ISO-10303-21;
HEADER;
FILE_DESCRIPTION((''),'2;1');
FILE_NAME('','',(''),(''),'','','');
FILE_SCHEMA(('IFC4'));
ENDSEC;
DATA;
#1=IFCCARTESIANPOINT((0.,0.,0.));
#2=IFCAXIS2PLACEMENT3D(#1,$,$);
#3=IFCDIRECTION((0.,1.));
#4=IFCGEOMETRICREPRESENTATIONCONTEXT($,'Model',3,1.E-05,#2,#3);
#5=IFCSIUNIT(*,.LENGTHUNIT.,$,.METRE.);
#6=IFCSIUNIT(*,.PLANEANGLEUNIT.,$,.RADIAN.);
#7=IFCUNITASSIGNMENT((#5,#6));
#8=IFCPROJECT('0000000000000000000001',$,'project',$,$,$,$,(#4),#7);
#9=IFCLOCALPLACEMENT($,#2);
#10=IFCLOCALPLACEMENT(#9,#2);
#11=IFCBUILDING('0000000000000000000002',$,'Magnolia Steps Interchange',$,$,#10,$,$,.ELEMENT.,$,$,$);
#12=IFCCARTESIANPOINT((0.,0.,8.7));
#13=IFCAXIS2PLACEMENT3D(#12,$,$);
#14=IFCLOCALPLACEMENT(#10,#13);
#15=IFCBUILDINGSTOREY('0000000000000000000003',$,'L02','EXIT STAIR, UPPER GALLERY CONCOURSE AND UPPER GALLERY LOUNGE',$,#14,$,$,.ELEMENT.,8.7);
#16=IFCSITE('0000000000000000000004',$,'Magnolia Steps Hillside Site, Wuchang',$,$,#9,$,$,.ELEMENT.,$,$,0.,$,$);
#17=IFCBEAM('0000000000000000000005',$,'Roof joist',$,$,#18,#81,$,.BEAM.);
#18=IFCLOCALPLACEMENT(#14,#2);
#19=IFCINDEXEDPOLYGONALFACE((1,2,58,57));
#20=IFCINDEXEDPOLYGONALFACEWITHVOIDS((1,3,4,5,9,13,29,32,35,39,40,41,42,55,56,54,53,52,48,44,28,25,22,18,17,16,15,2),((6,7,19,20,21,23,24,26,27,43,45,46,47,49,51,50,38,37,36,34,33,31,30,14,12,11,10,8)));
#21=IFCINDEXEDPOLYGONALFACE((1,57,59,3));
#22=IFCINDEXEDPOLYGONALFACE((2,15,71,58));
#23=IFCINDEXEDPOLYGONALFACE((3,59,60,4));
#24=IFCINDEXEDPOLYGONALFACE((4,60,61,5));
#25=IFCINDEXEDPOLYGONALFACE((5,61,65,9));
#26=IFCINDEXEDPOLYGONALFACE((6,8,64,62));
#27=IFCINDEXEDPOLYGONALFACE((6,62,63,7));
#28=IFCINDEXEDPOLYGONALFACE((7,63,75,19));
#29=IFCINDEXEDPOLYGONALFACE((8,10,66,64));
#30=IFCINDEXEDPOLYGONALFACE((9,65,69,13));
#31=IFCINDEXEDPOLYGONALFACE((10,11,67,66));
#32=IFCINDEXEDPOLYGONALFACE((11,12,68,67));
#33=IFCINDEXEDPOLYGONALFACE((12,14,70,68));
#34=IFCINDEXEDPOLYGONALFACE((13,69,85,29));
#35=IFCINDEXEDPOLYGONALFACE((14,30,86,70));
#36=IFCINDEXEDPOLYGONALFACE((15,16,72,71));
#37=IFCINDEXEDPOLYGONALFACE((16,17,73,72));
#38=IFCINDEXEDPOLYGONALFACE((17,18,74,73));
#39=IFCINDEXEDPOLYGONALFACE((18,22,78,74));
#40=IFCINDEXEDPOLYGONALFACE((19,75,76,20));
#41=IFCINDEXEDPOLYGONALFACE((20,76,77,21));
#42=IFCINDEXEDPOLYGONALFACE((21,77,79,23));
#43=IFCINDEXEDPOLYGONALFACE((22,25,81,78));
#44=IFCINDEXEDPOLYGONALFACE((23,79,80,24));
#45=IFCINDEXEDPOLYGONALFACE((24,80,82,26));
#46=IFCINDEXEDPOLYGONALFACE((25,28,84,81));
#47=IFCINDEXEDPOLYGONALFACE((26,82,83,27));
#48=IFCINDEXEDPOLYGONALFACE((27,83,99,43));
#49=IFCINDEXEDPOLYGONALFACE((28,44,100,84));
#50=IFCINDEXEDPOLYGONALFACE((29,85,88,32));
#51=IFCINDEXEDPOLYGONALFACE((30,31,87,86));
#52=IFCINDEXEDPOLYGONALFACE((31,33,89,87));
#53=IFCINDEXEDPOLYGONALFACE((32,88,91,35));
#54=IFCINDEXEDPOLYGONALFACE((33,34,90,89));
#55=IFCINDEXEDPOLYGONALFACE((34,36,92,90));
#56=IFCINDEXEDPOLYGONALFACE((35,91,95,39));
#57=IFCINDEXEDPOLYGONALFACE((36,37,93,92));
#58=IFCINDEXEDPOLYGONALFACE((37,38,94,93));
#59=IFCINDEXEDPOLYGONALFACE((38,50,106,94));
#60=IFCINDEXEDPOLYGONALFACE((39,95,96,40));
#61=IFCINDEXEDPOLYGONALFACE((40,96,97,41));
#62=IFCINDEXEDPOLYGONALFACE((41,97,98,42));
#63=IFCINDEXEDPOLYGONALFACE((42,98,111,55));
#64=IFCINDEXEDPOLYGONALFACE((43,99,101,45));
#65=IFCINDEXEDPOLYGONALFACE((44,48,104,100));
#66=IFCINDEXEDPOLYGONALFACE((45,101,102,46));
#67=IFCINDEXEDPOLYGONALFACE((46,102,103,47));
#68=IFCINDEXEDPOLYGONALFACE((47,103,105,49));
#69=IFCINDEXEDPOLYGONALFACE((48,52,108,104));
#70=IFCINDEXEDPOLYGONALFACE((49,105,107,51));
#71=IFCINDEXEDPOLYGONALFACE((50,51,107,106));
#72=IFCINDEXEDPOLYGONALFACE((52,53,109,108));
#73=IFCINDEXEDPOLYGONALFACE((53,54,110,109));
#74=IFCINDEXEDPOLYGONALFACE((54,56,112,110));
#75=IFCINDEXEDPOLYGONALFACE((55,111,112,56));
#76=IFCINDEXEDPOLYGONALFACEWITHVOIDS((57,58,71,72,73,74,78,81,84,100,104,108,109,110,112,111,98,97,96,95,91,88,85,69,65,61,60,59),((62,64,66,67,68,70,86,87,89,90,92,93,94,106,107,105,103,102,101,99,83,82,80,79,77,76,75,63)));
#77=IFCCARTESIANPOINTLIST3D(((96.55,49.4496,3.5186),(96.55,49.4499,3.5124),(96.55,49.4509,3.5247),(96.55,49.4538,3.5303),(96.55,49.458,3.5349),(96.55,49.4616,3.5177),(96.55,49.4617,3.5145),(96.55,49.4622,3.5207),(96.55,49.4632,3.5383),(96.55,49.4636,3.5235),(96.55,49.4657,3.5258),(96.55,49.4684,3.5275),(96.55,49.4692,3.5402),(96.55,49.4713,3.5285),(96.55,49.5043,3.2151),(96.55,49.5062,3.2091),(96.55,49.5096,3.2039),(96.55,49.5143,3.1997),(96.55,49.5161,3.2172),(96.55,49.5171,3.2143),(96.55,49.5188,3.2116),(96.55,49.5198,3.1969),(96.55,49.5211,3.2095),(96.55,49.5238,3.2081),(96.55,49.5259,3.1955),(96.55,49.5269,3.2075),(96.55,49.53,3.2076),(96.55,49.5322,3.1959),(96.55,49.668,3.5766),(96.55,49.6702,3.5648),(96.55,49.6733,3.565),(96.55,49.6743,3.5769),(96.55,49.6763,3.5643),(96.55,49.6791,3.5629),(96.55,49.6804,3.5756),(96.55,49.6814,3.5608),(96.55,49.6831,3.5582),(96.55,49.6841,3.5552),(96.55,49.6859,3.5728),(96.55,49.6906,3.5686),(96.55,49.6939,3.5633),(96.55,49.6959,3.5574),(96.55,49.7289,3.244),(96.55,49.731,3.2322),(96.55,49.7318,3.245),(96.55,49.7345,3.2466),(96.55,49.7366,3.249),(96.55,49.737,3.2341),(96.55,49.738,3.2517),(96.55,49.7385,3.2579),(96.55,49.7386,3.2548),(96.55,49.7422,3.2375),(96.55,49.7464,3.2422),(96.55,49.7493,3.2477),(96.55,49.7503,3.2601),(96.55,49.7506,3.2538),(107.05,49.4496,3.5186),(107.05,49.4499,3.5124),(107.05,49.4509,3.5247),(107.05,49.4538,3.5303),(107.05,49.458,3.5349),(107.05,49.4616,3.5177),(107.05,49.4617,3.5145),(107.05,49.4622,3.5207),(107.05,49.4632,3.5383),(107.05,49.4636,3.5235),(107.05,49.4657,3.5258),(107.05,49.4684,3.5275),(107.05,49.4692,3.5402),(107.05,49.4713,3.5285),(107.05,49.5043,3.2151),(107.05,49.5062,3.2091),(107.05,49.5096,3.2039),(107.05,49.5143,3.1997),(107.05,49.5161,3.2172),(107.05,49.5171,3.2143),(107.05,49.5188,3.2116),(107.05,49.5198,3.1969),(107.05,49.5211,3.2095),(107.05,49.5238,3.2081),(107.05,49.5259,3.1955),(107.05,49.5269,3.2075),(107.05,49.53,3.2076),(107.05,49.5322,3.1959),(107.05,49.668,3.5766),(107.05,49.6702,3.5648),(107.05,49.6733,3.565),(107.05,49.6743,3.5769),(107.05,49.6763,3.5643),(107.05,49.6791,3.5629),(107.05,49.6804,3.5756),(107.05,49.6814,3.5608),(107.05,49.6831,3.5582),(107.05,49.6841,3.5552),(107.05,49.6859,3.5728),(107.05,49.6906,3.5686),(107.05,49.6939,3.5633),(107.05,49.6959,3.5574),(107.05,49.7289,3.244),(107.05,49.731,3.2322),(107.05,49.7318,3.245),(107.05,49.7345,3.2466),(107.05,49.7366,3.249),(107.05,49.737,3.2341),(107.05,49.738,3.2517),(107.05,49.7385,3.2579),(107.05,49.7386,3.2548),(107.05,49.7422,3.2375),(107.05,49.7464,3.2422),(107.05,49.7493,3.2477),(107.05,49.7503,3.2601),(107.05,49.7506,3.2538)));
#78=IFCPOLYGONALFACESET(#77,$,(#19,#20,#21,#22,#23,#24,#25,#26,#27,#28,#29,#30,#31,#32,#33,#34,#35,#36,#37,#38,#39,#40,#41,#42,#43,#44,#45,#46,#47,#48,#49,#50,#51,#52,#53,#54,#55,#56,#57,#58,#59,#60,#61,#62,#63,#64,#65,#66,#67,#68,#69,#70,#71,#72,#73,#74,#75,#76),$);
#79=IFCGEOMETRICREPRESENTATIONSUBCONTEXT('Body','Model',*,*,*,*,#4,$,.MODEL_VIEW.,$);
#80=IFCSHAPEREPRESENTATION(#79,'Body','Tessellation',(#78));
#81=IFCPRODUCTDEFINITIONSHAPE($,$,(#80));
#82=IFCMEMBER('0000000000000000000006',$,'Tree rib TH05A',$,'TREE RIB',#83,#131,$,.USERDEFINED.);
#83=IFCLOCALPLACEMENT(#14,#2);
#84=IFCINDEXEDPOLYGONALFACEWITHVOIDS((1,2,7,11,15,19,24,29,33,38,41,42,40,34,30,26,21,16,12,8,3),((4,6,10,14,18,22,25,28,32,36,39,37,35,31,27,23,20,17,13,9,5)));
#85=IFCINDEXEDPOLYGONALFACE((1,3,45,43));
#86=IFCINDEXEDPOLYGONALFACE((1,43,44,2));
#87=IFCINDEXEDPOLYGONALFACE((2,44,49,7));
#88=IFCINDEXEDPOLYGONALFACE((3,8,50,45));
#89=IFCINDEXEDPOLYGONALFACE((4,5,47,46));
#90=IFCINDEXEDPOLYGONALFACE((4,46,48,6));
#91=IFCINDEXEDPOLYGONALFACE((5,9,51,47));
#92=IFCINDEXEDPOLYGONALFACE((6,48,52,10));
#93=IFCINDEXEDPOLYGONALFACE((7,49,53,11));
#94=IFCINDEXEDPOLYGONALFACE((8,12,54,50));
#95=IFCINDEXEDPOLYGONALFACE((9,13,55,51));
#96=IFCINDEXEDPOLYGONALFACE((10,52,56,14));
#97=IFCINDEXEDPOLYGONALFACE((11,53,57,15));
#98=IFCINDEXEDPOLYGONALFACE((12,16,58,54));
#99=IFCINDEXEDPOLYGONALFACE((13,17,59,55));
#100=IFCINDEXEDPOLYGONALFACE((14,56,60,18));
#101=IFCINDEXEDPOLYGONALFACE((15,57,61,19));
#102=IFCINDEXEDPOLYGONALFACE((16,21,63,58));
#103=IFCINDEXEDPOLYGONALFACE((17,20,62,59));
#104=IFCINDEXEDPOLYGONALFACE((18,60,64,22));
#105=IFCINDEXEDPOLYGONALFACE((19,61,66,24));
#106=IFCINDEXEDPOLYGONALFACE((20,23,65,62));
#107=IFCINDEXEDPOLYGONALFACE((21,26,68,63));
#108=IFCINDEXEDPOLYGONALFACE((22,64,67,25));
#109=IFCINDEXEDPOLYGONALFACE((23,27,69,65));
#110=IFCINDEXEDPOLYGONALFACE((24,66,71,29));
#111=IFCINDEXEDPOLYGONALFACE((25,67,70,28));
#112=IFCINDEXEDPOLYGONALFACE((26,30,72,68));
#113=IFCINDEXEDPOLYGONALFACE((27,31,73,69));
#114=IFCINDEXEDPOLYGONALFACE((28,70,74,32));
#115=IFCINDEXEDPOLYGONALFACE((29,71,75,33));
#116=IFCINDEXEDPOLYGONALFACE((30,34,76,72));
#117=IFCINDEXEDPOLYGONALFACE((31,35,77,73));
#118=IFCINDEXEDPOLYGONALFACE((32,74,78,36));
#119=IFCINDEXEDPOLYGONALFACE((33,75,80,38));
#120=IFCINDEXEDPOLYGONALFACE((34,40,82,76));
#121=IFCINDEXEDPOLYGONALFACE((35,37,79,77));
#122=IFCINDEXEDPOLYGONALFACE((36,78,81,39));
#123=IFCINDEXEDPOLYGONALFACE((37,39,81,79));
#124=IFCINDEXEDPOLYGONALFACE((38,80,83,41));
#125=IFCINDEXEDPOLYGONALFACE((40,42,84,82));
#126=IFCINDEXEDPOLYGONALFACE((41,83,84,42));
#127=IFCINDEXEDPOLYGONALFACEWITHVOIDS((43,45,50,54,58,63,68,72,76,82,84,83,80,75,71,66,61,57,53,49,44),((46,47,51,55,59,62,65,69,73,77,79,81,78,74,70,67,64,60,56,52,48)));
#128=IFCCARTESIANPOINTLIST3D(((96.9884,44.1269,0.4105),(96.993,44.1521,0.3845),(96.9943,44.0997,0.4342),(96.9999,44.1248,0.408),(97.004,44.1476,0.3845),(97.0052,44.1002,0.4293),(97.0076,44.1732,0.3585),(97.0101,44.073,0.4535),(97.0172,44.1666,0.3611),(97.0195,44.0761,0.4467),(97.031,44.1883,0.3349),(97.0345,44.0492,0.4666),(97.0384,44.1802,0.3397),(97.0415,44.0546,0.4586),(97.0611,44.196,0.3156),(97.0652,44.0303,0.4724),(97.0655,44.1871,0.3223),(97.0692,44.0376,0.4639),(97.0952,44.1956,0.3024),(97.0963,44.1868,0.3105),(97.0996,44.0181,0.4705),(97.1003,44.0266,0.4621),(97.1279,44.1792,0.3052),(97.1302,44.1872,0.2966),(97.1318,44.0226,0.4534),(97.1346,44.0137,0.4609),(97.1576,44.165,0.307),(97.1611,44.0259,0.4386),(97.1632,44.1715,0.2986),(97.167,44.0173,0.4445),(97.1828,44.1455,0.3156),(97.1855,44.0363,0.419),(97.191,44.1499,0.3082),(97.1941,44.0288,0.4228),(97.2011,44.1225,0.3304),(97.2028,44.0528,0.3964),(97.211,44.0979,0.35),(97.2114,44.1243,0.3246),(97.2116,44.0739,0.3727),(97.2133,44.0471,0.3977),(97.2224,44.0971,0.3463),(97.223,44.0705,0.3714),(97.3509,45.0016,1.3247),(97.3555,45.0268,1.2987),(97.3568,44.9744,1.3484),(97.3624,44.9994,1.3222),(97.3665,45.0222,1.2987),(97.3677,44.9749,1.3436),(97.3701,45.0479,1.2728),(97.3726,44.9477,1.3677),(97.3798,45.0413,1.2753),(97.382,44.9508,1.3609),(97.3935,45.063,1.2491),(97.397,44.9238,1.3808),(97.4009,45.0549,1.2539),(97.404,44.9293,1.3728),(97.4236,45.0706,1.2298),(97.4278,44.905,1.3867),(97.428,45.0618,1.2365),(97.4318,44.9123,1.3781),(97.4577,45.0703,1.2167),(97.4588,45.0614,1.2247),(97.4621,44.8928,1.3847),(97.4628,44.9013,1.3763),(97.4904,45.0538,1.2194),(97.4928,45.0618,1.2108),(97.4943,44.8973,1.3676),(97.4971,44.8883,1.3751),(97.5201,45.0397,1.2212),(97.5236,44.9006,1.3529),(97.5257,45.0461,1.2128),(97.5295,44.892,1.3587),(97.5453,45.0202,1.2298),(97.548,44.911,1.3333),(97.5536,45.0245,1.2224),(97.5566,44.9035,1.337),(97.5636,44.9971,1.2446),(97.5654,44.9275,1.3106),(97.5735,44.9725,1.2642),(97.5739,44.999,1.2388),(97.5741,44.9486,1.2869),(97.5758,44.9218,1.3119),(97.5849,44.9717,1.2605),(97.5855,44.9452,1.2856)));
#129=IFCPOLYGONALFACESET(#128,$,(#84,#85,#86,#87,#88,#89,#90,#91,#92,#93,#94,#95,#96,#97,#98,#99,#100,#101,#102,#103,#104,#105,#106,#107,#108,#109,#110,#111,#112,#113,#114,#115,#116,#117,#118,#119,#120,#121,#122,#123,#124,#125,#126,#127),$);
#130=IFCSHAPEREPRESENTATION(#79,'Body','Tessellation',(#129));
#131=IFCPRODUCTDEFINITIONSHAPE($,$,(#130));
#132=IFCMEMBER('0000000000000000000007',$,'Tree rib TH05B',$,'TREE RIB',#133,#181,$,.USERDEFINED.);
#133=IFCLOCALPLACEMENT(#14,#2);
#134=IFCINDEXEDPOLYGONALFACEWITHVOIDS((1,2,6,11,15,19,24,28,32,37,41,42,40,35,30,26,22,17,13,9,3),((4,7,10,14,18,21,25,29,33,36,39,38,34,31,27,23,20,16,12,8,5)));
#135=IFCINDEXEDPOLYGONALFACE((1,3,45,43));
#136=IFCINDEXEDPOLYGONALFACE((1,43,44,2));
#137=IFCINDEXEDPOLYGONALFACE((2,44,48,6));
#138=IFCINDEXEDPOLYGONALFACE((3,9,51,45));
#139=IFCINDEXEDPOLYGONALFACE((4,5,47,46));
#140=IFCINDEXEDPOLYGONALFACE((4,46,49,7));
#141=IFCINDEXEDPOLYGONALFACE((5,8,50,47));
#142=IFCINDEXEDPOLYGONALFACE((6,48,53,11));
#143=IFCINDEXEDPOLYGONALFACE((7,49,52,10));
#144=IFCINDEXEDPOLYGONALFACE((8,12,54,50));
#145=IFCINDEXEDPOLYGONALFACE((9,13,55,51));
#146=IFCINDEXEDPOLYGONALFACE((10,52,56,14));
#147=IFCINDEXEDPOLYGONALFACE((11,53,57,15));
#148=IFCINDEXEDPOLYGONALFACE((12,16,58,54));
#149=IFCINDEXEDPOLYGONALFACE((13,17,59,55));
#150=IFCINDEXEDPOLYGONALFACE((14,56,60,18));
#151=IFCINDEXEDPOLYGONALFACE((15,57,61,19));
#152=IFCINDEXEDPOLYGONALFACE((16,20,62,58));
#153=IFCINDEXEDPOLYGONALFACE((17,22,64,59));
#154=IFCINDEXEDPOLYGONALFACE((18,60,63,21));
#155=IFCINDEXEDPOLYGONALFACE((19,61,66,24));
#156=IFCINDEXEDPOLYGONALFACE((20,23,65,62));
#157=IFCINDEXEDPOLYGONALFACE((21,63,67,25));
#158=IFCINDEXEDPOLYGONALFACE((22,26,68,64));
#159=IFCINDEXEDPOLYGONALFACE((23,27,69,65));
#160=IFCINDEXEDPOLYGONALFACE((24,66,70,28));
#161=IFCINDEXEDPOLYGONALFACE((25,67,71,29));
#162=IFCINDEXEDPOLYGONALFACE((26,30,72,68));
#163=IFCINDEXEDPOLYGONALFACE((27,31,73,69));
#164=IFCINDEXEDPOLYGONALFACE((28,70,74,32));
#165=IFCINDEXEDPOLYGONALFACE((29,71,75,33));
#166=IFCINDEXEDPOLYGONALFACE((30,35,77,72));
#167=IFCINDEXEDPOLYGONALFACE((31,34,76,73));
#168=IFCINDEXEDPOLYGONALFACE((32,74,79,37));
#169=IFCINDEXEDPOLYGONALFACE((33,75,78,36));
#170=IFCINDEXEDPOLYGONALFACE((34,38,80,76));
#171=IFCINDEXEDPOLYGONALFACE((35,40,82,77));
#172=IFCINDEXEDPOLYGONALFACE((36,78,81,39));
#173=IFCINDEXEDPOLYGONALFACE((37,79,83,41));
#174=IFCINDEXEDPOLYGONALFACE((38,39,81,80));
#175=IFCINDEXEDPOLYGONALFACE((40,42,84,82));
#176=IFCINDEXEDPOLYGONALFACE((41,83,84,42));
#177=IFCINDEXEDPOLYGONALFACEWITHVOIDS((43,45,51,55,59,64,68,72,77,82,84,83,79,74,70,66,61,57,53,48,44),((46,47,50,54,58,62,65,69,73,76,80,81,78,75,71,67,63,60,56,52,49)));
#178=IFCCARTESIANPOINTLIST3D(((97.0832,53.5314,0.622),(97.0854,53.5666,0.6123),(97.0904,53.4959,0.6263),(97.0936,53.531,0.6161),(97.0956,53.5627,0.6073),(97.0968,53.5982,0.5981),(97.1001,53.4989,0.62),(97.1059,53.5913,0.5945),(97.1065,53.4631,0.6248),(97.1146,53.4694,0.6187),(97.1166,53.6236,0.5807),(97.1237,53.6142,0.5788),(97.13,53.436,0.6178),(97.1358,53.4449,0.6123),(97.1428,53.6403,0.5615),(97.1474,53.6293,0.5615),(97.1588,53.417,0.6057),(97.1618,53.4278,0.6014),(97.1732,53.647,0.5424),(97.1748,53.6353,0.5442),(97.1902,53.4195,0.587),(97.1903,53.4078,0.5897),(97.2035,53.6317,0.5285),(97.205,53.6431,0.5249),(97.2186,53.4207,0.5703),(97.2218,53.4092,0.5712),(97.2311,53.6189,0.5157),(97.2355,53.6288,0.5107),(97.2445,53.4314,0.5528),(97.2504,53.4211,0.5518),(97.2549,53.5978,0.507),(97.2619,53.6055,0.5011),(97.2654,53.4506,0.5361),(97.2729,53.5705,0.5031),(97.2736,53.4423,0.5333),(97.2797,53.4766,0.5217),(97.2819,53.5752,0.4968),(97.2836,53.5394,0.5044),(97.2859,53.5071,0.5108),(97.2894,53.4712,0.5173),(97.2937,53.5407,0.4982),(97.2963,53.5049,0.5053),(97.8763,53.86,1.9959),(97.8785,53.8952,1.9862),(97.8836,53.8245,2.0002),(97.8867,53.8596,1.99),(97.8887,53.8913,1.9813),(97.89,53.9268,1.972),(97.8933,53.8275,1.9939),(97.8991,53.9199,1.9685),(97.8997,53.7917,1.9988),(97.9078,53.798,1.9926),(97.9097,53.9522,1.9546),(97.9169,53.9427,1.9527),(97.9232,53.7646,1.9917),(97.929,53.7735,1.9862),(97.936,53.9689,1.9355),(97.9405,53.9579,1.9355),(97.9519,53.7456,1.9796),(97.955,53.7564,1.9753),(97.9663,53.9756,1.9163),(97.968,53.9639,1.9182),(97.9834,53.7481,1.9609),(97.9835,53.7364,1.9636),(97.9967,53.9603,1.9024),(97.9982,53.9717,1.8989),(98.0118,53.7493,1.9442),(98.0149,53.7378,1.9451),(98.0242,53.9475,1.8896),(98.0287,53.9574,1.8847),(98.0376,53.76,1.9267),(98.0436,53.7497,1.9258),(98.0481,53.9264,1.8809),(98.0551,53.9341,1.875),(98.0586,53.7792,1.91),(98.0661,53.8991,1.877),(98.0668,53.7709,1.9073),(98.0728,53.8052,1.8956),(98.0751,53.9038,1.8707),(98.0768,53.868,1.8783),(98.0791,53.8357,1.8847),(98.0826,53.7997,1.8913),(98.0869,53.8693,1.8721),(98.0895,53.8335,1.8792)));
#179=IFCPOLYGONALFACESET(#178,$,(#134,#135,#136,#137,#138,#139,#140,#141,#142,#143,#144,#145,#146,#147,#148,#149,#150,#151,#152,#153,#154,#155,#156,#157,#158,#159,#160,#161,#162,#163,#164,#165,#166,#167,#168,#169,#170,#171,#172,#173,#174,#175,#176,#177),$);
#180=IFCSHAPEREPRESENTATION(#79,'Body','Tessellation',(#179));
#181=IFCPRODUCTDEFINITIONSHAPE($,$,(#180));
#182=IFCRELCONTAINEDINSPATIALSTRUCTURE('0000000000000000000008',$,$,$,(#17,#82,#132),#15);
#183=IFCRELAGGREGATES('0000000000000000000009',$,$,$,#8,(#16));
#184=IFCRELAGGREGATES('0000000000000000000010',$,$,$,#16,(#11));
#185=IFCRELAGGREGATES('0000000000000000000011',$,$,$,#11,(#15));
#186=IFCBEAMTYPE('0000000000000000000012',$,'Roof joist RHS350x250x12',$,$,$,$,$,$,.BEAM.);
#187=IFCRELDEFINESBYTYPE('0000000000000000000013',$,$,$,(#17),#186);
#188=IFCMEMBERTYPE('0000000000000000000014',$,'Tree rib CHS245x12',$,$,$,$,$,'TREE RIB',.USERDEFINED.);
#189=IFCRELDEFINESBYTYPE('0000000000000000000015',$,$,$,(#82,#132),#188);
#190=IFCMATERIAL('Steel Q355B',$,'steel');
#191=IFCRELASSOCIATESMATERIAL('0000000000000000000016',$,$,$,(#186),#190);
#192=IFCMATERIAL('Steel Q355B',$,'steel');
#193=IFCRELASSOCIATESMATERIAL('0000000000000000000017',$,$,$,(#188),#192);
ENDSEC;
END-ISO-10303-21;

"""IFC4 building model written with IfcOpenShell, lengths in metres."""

from ifc_helpers import new_model, si_unit, direction, frame, origin, origin_2d, place, context, subcontext, project, spatial, hollow_rectangle, hollow_circle, extrude, material, material_profile, profile_set, type_object, element, save


model = new_model("IFC4")

# Units and contexts
model_context = context("Model", 3, precision=1e-05, world=origin(), true_north=direction((0.0, 1.0)))
body_context = subcontext(model_context, "Body", "Model", "MODEL_VIEW")
ifc_project = project(units=[si_unit("LENGTHUNIT", "METRE"), si_unit("PLANEANGLEUNIT", "RADIAN")], contexts=[model_context])

# Site, building, storey
site_placement = place(None, origin())
site = spatial("IfcSite", under=ifc_project, at=site_placement, Name="Magnolia Steps Hillside Site, Wuchang", CompositionType="ELEMENT", RefElevation=0.0)
building_placement = place(site_placement, origin())
building = spatial("IfcBuilding", under=site, at=building_placement, Name="Magnolia Steps Interchange", CompositionType="ELEMENT")
storey_placement = place(building_placement, frame((0.0, 0.0, 8.7)))
storey = spatial("IfcBuildingStorey", under=building, at=storey_placement, Name="L02", Description="EXIT STAIR, UPPER GALLERY CONCOURSE AND UPPER GALLERY LOUNGE", CompositionType="ELEMENT", Elevation=8.7)

# Beam
ifc_material_1 = material(Name="Steel Q355B", Category="steel")
ifc_material_profile_1 = material_profile(ifc_material_1, hollow_rectangle(XDim=0.25, YDim=0.3501, WallThickness=0.012, InnerFilletRadius=0.012, OuterFilletRadius=0.0239, at=origin_2d()), Name="RHS350x250x12")
ifc_profile_set_1 = profile_set([ifc_material_profile_1], Name="Steel Q355B")
beam_type_1 = type_object("IfcBeamType", Name="Roof joist RHS350x250x12", PredefinedType="BEAM", material=ifc_profile_set_1)
for number, where, z_axis, x_axis, name in (
    (1, (96.55, 49.6001, 3.3862), (1.0, 0.0, 0.0), (0.0, 0.983677, 0.179941), "Roof joist"),
):
    element("IfcBeam", number, at=place(storey_placement, frame(where, z_axis=z_axis, x_axis=x_axis)), inside=storey, type_object=beam_type_1, Name=name, PredefinedType="BEAM", context=body_context, shape_type="SweptSolid", body=[
        extrude(hollow_rectangle(XDim=0.25, YDim=0.3501, WallThickness=0.012, InnerFilletRadius=0.012, OuterFilletRadius=0.0239, at=origin_2d()), origin(), (0.0, 0.0, 1.0), 10.5),
    ])

# Members
ifc_material_2 = material(Name="Steel Q355B", Category="steel")
ifc_material_profile_2 = material_profile(ifc_material_2, hollow_circle(Radius=0.1226, WallThickness=0.012, at=origin_2d()), Name="CHS245x12")
ifc_profile_set_2 = profile_set([ifc_material_profile_2], Name="Steel Q355B")
member_type = type_object("IfcMemberType", Name="Tree rib CHS245x12", ElementType="TREE RIB", PredefinedType="USERDEFINED", material=ifc_profile_set_2)
member_1_placement = place(storey_placement, frame((97.1062, 44.1052, 0.3845), z_axis=(0.275434, 0.664566, 0.694613), x_axis=(-0.9238, 0.382876, 0.0)))
element("IfcMember", 2, at=member_1_placement, inside=storey, type_object=member_type, Name="Tree rib TH05A", ObjectType="TREE RIB", PredefinedType="USERDEFINED", context=body_context, shape_type="SweptSolid", body=[
    extrude(hollow_circle(Radius=0.1226, WallThickness=0.012, at=origin_2d()), origin(), (0.0, 0.0, 1.0), 1.3162),
])
for number, where, z_axis, x_axis, name in (
    (3, (97.1897, 53.5271, 0.5615), (0.489571, 0.20282, 0.848047), (-0.382737, 0.923857, 0.0), "Tree rib TH05B"),
):
    element("IfcMember", number, at=place(storey_placement, frame(where, z_axis=z_axis, x_axis=x_axis)), inside=storey, type_object=member_type, Name=name, ObjectType="TREE RIB", PredefinedType="USERDEFINED", context=body_context, shape_type="SweptSolid", body=[
        extrude(hollow_circle(Radius=0.1226, WallThickness=0.012, at=origin_2d()), origin(), (0.0, 0.0, 1.0), 1.6201),
    ])

save(model, "model.ifc")
